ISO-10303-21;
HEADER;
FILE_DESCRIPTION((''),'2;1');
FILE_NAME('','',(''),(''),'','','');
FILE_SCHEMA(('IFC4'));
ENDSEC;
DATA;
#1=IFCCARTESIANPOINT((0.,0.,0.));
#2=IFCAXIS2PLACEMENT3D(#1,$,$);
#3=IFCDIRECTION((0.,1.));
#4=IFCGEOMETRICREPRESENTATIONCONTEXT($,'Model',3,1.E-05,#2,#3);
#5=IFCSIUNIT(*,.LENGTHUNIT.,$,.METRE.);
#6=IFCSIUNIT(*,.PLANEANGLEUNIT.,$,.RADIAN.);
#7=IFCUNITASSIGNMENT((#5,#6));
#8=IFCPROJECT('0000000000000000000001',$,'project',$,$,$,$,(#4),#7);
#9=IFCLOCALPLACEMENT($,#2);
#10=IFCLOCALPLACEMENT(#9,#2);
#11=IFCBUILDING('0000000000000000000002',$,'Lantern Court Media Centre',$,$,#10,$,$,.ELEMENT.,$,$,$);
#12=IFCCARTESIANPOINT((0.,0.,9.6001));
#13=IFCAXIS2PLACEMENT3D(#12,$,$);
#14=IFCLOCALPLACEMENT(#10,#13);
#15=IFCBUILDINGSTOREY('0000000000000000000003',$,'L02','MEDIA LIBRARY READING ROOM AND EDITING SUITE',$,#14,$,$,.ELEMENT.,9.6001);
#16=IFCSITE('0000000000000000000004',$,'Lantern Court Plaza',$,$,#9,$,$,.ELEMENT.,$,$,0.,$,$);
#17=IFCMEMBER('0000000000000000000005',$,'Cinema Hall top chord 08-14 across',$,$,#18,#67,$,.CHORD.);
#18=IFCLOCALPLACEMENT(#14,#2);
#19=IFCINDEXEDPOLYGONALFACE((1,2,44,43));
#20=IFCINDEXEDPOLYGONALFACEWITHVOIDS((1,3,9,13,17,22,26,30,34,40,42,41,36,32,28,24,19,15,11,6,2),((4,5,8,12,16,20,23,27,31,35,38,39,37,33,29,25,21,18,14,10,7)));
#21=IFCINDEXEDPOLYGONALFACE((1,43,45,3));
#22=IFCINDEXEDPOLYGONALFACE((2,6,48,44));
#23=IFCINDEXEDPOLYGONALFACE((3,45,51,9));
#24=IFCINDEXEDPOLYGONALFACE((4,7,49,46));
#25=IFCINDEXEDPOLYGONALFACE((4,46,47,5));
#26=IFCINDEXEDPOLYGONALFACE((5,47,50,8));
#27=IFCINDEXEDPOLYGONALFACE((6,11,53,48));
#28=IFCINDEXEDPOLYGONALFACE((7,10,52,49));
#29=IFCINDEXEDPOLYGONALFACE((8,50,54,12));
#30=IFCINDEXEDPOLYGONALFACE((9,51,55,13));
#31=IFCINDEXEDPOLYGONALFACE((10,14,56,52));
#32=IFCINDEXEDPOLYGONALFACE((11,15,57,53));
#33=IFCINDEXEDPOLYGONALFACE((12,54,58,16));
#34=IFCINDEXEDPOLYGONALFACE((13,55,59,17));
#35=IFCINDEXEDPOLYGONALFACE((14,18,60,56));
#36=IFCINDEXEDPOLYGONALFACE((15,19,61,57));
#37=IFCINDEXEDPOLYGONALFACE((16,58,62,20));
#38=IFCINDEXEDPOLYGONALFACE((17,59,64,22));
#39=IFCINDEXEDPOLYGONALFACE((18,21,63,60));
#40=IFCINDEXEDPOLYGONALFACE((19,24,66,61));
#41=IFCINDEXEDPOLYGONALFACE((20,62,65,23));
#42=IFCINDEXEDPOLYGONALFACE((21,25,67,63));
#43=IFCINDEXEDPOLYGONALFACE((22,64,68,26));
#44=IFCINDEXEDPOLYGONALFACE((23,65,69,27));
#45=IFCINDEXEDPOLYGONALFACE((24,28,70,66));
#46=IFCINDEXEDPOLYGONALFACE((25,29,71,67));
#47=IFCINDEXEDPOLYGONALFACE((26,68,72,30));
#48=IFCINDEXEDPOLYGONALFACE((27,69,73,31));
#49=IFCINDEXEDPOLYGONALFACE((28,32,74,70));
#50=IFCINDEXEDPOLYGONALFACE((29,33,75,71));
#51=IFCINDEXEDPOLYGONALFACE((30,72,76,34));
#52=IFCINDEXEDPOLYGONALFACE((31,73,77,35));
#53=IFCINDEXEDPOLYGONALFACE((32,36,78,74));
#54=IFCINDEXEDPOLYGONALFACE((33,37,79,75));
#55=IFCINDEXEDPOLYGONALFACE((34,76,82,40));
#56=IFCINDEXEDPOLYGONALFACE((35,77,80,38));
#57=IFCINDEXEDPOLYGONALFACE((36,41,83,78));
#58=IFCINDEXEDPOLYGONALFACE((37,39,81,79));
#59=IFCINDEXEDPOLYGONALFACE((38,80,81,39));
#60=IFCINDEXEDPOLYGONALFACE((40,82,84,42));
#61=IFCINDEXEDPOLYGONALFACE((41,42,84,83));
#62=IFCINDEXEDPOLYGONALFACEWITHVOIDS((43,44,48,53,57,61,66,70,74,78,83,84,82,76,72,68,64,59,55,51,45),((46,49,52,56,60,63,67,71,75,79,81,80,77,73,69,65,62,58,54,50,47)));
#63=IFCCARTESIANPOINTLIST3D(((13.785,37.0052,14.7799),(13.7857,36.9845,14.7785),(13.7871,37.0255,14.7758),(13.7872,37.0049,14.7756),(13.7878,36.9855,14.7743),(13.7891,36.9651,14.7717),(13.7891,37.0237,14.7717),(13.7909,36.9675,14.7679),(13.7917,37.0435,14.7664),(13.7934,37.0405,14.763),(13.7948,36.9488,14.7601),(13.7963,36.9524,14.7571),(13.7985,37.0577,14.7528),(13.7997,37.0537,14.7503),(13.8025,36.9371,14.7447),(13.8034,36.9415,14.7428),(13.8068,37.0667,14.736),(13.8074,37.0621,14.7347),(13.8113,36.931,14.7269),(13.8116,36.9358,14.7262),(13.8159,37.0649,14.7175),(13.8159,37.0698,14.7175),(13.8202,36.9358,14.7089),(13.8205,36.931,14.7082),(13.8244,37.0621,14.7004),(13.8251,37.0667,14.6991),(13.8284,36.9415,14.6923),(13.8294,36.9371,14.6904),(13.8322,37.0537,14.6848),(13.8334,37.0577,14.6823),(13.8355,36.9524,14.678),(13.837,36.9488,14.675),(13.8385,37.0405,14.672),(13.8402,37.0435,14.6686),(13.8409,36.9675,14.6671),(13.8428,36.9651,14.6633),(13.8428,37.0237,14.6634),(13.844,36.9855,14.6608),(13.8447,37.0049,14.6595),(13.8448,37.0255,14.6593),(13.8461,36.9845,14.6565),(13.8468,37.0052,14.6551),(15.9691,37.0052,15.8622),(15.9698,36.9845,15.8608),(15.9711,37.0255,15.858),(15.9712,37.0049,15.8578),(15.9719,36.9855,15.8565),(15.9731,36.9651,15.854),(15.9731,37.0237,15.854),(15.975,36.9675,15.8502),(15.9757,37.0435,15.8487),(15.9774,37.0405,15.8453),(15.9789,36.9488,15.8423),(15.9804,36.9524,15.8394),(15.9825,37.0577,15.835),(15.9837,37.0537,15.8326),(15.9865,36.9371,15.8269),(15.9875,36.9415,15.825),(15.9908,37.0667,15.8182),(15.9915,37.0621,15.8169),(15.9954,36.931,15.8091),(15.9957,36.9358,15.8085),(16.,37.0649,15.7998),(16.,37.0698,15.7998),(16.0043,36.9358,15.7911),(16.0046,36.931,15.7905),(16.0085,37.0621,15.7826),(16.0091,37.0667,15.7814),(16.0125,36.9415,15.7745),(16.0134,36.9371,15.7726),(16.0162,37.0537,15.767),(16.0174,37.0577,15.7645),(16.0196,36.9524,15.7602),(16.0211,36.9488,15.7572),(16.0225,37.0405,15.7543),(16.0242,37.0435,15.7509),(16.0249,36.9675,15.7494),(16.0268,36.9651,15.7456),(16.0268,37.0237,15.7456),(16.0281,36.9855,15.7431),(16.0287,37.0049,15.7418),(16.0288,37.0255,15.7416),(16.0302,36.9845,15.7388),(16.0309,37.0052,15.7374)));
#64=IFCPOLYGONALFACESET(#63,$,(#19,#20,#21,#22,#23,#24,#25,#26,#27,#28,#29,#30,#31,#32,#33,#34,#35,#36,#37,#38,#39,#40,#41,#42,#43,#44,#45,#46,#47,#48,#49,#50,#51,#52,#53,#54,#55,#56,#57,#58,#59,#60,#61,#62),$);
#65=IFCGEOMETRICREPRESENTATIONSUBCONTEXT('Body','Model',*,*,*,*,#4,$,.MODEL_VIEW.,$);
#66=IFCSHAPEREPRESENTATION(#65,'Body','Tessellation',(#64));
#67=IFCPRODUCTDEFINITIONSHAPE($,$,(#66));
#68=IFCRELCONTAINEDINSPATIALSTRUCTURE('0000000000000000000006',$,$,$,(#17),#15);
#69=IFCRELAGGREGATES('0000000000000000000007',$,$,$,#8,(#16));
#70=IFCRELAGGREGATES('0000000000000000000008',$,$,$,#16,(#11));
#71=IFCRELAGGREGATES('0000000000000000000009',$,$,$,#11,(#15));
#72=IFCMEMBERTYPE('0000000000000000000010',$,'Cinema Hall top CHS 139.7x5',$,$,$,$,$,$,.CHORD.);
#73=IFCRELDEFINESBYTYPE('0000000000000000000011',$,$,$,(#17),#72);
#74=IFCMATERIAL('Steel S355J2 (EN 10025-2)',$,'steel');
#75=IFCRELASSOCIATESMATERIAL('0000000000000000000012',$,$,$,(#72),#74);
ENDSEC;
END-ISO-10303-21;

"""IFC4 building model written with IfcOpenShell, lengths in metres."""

from ifc_helpers import new_model, si_unit, direction, frame, origin, origin_2d, place, context, subcontext, project, spatial, hollow_circle, extrude, material, material_profile, profile_set, type_object, element, save


model = new_model("IFC4")

# Units and contexts
model_context = context("Model", 3, precision=1e-05, world=origin(), true_north=direction((0.0, 1.0)))
body_context = subcontext(model_context, "Body", "Model", "MODEL_VIEW")
ifc_project = project(units=[si_unit("LENGTHUNIT", "METRE"), si_unit("PLANEANGLEUNIT", "RADIAN")], contexts=[model_context])

# Site, building, storey
site_placement = place(None, origin())
site = spatial("IfcSite", under=ifc_project, at=site_placement, Name="Lantern Court Plaza", CompositionType="ELEMENT", RefElevation=0.0)
building_placement = place(site_placement, origin())
building = spatial("IfcBuilding", under=site, at=building_placement, Name="Lantern Court Media Centre", CompositionType="ELEMENT")
storey_placement = place(building_placement, frame((0.0, 0.0, 9.6001)))
storey = spatial("IfcBuildingStorey", under=building, at=storey_placement, Name="L02", Description="MEDIA LIBRARY READING ROOM AND EDITING SUITE", CompositionType="ELEMENT", Elevation=9.6001)

# Member
ifc_material = material(Name="Steel S355J2 (EN 10025-2)", Category="steel")
ifc_material_profile_1 = material_profile(ifc_material, hollow_circle(Radius=0.0698, WallThickness=0.0049, at=origin_2d()), Name="Cinema Hall top CHS 139.7x5")
ifc_profile_set_1 = profile_set([ifc_material_profile_1], Name="Steel S355J2 (EN 10025-2)")
member_type_1 = type_object("IfcMemberType", Name="Cinema Hall top CHS 139.7x5", PredefinedType="CHORD", material=ifc_profile_set_1)
for number, where, z_axis, x_axis, name in (
    (1, (13.8159, 37.0, 14.7175), (0.896024, 0.0, 0.444006), (0.0, 1.0, 0.0), "Cinema Hall top chord 08-14 across"),
):
    element("IfcMember", number, at=place(storey_placement, frame(where, z_axis=z_axis, x_axis=x_axis)), inside=storey, type_object=member_type_1, Name=name, PredefinedType="CHORD", context=body_context, shape_type="SweptSolid", body=[
        extrude(hollow_circle(Radius=0.0698, WallThickness=0.0049, at=origin_2d()), origin(), (0.0, 0.0, 1.0), 2.4375),
    ])

save(model, "model.ifc")
